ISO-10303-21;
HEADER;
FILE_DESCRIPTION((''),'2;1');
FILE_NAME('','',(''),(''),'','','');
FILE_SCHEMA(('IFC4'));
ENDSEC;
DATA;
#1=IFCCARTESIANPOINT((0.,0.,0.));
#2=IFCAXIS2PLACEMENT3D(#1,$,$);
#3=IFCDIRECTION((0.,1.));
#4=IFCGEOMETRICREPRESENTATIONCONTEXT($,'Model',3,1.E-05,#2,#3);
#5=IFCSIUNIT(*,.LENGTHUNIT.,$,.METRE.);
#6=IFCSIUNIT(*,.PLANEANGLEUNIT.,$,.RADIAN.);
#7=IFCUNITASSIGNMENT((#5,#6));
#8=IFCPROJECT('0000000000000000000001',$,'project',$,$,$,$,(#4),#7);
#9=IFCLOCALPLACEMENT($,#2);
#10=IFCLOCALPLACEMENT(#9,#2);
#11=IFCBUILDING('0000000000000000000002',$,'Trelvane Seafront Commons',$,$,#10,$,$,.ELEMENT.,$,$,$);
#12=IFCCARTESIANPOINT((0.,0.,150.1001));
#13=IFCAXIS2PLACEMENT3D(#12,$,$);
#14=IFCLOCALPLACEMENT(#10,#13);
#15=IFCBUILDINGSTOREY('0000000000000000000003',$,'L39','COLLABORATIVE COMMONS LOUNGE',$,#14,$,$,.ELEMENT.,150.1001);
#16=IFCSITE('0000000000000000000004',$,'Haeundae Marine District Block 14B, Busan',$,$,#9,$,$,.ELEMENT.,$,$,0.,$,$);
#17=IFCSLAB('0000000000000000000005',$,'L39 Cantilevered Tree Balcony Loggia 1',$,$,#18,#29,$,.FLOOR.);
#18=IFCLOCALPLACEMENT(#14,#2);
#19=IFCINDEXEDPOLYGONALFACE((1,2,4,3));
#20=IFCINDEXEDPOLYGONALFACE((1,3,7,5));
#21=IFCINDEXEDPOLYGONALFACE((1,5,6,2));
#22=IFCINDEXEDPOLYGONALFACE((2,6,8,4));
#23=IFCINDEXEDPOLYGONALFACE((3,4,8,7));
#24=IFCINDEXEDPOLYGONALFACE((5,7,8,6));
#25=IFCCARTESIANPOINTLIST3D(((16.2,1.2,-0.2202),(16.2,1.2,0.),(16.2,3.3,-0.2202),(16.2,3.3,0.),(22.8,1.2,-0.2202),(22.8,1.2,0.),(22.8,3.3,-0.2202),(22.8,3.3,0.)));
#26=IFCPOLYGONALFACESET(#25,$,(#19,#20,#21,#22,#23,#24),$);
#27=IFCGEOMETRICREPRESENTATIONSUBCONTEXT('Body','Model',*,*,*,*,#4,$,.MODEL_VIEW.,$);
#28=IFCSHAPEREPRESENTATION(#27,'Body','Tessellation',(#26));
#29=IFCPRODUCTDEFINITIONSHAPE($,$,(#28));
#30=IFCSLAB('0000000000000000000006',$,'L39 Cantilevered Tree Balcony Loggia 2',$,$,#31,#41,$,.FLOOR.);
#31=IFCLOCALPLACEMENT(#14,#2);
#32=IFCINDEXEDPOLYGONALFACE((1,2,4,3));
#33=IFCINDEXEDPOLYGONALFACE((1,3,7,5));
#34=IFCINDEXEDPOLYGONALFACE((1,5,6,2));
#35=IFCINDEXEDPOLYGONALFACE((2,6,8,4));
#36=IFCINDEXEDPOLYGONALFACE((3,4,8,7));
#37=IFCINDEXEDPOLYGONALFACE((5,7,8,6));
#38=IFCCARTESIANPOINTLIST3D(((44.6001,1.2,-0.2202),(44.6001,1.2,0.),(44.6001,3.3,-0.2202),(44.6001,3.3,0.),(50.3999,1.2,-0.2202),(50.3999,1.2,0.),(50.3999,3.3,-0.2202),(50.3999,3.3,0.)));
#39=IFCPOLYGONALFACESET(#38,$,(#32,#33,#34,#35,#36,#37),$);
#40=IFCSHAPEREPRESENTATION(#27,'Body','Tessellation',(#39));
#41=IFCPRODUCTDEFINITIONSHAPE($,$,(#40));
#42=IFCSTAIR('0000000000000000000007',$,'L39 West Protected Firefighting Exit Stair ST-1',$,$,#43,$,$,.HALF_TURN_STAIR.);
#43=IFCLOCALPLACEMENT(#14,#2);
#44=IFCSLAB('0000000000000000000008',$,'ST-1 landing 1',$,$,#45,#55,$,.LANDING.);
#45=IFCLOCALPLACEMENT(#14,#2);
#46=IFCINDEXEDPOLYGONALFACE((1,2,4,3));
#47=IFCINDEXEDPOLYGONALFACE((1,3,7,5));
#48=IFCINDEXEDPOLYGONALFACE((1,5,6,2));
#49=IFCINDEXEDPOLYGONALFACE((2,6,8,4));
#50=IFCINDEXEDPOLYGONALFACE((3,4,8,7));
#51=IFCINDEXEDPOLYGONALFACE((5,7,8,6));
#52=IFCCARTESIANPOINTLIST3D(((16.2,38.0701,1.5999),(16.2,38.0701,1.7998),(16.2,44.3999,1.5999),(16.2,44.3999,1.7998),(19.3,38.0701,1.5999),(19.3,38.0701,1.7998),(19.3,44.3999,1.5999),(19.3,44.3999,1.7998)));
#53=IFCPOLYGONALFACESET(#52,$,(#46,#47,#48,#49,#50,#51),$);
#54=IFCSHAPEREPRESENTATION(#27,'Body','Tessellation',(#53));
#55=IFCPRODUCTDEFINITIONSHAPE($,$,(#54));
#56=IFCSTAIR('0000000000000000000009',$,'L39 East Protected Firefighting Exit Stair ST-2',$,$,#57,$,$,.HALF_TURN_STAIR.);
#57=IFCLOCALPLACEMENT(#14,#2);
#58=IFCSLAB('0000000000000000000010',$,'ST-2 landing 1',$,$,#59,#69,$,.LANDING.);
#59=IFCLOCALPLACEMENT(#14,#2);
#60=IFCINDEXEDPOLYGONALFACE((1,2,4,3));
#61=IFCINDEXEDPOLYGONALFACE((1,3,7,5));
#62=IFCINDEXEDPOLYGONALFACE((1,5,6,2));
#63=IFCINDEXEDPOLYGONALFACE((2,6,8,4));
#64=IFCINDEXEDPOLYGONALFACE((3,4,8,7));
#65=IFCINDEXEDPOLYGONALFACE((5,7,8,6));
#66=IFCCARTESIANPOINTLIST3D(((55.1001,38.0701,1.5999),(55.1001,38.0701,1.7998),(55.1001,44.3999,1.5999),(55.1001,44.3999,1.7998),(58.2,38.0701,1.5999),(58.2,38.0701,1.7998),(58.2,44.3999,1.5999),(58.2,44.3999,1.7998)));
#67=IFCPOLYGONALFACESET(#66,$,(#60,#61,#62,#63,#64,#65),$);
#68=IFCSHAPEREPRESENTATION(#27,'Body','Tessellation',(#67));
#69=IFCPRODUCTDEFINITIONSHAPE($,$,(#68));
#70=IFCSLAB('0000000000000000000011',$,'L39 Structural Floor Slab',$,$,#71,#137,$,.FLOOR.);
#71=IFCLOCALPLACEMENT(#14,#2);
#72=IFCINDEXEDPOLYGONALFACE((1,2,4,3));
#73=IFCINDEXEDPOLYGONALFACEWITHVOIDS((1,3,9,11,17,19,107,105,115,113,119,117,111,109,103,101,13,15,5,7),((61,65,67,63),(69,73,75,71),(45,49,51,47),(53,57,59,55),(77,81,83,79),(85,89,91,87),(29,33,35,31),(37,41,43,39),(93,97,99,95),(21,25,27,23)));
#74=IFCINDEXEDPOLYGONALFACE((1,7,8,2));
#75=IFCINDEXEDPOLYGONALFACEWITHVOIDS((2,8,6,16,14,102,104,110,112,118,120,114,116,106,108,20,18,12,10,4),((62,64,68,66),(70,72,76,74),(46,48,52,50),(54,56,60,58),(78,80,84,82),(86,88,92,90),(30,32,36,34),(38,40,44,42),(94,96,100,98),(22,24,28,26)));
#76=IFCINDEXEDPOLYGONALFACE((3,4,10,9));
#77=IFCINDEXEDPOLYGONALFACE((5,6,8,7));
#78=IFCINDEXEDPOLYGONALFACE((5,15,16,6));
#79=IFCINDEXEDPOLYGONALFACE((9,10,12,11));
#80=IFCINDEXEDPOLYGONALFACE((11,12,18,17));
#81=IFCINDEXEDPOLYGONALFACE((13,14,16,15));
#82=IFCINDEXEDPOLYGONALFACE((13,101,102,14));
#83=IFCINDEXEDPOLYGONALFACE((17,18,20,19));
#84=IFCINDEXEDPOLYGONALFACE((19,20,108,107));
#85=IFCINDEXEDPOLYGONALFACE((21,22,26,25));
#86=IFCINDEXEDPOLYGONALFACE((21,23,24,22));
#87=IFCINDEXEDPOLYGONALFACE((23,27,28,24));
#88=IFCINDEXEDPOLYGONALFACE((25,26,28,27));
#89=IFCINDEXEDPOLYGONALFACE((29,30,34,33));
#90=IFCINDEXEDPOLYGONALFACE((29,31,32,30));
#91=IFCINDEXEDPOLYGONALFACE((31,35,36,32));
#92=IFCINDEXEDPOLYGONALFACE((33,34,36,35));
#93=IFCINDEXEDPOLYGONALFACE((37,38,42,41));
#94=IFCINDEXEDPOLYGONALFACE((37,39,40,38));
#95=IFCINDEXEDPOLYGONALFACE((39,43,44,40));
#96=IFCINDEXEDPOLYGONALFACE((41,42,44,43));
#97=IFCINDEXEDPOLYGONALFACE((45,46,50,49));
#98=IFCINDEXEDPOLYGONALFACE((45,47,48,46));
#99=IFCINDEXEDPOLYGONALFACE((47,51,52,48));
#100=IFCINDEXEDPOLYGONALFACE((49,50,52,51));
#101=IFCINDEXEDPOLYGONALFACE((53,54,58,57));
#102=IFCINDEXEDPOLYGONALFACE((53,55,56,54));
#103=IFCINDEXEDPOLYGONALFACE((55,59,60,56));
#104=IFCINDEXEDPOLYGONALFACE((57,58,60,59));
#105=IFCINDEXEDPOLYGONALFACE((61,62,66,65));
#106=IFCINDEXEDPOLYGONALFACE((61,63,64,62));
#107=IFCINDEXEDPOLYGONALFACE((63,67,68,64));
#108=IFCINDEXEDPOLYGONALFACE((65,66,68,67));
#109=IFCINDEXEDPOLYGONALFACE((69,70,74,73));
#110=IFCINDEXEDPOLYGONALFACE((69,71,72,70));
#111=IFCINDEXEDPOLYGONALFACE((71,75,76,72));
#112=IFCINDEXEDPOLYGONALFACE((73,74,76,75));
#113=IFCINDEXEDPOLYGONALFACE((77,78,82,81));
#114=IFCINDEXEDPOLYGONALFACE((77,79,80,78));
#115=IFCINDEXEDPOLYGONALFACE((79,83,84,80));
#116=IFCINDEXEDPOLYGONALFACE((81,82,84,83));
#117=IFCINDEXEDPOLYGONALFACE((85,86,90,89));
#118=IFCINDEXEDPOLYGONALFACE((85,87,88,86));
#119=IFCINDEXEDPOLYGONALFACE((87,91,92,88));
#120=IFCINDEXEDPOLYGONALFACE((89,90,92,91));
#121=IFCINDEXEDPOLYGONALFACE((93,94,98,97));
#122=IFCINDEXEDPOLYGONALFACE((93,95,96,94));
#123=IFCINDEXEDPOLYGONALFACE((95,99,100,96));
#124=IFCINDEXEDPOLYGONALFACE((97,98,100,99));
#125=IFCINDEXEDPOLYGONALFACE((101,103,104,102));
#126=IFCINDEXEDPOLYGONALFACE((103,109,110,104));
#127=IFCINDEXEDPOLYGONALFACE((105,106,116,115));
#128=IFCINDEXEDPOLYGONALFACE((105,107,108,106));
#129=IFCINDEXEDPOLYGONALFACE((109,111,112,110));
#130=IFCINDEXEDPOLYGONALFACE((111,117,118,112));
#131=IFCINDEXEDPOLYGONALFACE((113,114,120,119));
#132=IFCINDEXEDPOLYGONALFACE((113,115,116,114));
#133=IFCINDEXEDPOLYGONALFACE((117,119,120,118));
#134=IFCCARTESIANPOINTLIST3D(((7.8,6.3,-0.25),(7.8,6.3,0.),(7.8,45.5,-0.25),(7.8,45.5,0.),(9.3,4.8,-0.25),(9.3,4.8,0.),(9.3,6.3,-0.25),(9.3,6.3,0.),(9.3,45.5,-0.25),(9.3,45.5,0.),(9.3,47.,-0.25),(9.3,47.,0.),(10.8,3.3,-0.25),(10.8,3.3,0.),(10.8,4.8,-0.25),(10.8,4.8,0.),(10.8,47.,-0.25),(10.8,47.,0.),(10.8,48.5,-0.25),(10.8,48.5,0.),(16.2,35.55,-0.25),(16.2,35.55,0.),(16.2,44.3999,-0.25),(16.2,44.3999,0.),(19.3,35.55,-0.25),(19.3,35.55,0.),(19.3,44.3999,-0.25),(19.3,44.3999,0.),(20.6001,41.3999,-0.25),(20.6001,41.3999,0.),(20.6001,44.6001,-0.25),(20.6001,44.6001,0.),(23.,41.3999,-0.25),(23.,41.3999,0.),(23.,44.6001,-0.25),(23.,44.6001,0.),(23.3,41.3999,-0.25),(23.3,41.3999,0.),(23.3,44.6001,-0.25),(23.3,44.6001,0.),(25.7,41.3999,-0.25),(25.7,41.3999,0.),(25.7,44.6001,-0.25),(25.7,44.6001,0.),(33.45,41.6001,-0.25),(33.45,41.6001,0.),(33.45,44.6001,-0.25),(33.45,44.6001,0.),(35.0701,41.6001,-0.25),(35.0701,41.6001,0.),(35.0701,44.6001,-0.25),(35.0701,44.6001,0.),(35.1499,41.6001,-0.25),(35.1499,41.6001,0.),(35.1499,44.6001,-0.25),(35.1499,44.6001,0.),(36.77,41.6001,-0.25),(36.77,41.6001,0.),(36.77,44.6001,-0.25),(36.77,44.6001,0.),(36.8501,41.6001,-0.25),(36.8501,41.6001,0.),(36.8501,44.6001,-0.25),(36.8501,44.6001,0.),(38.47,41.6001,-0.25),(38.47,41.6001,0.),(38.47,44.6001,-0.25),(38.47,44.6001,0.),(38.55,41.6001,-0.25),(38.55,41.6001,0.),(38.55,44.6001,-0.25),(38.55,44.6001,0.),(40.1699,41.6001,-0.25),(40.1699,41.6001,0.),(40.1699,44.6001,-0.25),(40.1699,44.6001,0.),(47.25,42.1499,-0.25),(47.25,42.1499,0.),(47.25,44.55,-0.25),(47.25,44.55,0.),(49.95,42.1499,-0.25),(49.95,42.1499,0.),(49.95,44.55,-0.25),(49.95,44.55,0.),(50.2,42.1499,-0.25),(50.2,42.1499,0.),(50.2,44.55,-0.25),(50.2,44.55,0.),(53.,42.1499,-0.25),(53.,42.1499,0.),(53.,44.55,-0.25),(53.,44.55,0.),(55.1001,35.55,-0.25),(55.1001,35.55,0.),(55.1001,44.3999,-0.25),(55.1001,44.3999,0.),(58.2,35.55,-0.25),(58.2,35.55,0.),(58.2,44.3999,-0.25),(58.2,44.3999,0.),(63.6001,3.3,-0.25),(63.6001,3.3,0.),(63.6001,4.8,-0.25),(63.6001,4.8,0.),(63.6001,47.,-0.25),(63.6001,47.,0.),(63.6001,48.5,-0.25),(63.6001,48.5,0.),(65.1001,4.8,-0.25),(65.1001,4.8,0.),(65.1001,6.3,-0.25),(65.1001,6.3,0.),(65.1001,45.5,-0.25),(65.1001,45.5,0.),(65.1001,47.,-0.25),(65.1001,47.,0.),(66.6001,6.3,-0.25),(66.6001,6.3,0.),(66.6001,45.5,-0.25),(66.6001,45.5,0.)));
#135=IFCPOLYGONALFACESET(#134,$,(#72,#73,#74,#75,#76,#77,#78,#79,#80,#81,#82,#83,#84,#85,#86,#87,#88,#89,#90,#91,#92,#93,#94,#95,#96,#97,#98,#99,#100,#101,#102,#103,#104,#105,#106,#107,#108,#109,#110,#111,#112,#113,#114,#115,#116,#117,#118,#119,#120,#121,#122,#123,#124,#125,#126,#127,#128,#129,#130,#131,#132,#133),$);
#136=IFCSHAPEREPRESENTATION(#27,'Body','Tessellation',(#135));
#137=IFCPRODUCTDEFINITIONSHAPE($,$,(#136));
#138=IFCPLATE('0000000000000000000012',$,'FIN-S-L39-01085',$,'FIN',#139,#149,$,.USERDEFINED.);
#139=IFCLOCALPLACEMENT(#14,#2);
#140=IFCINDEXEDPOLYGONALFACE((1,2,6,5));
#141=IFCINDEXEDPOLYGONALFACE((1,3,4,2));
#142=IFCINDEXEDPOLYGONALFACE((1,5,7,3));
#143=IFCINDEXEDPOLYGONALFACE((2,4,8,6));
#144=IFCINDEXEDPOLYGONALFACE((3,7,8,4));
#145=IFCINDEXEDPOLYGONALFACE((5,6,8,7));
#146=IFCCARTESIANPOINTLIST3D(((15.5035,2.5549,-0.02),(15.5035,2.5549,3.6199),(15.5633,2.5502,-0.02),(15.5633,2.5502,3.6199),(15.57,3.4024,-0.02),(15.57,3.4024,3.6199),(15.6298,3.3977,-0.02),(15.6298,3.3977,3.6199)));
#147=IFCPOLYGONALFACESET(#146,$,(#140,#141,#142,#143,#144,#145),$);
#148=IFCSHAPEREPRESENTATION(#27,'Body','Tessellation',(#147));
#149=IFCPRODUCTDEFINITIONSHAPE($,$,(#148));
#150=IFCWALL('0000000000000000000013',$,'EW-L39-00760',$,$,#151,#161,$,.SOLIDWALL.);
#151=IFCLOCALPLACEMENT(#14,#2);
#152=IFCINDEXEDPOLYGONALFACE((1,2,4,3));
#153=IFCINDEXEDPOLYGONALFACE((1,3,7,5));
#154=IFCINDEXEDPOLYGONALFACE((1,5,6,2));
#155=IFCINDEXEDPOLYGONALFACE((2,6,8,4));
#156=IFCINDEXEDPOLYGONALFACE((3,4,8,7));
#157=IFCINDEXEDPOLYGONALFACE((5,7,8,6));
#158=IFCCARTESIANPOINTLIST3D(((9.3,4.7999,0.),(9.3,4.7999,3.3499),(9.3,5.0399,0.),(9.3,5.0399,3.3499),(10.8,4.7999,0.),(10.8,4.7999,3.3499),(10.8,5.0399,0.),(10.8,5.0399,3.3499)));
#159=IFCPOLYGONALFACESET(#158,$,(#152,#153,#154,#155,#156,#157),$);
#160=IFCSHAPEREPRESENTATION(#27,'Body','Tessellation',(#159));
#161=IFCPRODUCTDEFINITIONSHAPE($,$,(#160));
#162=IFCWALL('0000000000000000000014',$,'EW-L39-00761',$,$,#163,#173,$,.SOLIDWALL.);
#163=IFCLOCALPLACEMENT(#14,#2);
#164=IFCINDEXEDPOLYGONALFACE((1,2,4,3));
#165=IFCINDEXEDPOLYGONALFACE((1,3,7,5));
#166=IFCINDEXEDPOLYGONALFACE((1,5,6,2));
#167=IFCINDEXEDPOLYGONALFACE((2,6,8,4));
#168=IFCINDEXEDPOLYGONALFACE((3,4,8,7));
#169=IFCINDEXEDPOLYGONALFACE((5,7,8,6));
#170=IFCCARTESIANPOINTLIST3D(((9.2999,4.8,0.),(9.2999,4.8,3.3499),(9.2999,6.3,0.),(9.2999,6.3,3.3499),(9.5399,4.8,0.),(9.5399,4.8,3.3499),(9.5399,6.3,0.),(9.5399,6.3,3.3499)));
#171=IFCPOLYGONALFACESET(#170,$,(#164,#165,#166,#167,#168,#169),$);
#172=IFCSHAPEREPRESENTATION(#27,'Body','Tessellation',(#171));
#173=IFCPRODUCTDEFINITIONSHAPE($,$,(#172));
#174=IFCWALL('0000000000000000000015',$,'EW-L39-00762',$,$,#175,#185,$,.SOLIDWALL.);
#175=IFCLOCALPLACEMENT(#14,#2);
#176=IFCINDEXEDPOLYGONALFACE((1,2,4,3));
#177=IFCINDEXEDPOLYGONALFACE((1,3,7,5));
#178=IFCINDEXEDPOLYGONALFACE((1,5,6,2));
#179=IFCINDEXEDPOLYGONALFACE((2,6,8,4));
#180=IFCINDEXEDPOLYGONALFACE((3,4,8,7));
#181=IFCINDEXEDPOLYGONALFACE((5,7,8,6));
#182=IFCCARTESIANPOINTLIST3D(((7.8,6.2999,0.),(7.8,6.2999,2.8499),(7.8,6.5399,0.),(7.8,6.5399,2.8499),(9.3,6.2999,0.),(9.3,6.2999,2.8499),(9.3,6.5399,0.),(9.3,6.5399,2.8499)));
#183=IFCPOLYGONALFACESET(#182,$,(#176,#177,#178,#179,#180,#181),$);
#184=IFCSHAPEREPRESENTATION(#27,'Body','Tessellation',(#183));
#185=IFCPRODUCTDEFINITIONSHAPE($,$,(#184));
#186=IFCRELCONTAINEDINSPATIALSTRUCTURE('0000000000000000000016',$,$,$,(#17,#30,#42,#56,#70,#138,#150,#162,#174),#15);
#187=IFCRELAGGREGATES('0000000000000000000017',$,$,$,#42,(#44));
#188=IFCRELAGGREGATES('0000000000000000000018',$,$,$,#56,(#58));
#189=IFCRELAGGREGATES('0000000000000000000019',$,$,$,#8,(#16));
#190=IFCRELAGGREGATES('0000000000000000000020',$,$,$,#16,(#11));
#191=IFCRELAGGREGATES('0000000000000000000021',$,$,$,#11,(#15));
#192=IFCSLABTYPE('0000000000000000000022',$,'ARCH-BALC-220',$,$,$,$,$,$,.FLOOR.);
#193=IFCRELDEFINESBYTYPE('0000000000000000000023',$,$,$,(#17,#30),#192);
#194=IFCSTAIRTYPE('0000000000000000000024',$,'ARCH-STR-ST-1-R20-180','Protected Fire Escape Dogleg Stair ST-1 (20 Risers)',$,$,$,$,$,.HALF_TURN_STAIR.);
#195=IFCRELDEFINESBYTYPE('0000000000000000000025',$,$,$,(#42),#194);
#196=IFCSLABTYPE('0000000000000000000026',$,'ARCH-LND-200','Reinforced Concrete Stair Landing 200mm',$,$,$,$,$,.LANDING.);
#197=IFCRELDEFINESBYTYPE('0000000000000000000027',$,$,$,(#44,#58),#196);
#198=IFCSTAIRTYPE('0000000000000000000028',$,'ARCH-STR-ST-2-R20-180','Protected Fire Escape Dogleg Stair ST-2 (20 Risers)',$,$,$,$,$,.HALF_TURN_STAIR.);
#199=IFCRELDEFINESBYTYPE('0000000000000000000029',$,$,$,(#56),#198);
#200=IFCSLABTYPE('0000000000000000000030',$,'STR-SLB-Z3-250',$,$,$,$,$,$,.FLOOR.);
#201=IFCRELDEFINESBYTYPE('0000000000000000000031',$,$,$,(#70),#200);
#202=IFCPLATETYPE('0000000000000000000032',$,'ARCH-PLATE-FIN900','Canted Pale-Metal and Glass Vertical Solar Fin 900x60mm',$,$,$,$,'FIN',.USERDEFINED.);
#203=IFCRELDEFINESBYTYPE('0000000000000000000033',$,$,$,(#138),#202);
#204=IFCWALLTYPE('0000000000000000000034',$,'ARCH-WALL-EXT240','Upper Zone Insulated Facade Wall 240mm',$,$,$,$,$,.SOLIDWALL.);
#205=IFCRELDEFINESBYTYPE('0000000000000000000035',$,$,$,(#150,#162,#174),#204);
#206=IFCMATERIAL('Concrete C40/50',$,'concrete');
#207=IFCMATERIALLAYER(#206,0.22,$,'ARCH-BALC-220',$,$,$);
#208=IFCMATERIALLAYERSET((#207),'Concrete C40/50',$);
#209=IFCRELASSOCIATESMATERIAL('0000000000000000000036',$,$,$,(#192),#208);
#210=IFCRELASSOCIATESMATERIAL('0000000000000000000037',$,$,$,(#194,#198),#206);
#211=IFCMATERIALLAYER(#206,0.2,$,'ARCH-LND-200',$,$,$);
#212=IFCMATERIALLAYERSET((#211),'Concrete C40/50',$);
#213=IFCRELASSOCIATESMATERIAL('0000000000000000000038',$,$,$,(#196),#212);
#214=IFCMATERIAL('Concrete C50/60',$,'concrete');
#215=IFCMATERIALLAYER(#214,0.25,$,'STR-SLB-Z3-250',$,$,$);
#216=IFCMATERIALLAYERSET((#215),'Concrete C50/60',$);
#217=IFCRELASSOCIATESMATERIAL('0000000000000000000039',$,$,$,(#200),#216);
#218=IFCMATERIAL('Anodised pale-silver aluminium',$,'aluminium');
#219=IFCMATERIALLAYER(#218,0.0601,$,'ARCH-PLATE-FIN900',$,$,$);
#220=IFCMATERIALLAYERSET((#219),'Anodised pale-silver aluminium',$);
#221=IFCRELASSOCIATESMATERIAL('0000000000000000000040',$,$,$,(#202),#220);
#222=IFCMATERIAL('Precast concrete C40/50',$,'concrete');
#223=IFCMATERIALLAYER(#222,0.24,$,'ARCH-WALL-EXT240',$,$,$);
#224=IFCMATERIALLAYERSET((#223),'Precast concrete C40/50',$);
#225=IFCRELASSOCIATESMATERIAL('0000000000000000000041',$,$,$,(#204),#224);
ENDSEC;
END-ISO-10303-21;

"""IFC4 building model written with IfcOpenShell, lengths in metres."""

from ifc_helpers import new_model, si_unit, direction, frame, frame_2d, origin, origin_2d, place, context, subcontext, project, spatial, polyline, rectangle, outline, extrude, source, transform, mapped, material, layer, layer_set, type_object, element, aggregate, save


model = new_model("IFC4")

# Units and contexts
model_context = context("Model", 3, precision=1e-05, world=origin(), true_north=direction((0.0, 1.0)))
body_context = subcontext(model_context, "Body", "Model", "MODEL_VIEW")
ifc_project = project(units=[si_unit("LENGTHUNIT", "METRE"), si_unit("PLANEANGLEUNIT", "RADIAN")], contexts=[model_context])

# Site, building, storey
site_placement = place(None, origin())
site = spatial("IfcSite", under=ifc_project, at=site_placement, Name="Haeundae Marine District Block 14B, Busan", CompositionType="ELEMENT", RefElevation=0.0)
building_placement = place(site_placement, origin())
building = spatial("IfcBuilding", under=site, at=building_placement, Name="Trelvane Seafront Commons", CompositionType="ELEMENT")
storey_placement = place(building_placement, frame((0.0, 0.0, 150.1001)))
storey = spatial("IfcBuildingStorey", under=building, at=storey_placement, Name="L39", Description="COLLABORATIVE COMMONS LOUNGE", CompositionType="ELEMENT", Elevation=150.1001)

# Slabs
ifc_material_1 = material(Name="Concrete C40/50", Category="concrete")
ifc_layer_1 = layer(ifc_material_1, 0.22, Name="ARCH-BALC-220")
ifc_layer_set_1 = layer_set([ifc_layer_1], Name="Concrete C40/50")
slab_type_1 = type_object("IfcSlabType", Name="ARCH-BALC-220", PredefinedType="FLOOR", material=ifc_layer_set_1)
slab_1_placement = place(storey_placement, frame((0.0, 0.0, -0.2202)))
element("IfcSlab", 1, at=slab_1_placement, inside=storey, type_object=slab_type_1, Name="L39 Cantilevered Tree Balcony Loggia 1", PredefinedType="FLOOR", context=body_context, shape_type="SweptSolid", body=[
    extrude(outline(polyline([(16.2, 1.2), (22.8, 1.2), (22.8, 3.3), (16.2, 3.3), (16.2, 1.2)])), origin(), (0.0, 0.0, 1.0), 0.2202),
])
slab_2_placement = place(storey_placement, frame((0.0, 0.0, -0.2202)))
element("IfcSlab", 2, at=slab_2_placement, inside=storey, type_object=slab_type_1, Name="L39 Cantilevered Tree Balcony Loggia 2", PredefinedType="FLOOR", context=body_context, shape_type="SweptSolid", body=[
    extrude(outline(polyline([(44.6001, 1.2), (50.3999, 1.2), (50.3999, 3.3), (44.6001, 3.3), (44.6001, 1.2)])), origin(), (0.0, 0.0, 1.0), 0.2202),
])

# Stairs, slabs
stair_type_1 = type_object("IfcStairType", Name="ARCH-STR-ST-1-R20-180", Description="Protected Fire Escape Dogleg Stair ST-1 (20 Risers)", PredefinedType="HALF_TURN_STAIR", material=ifc_material_1)
stair_1_placement = place(storey_placement, origin())
stair_1 = element("IfcStair", 3, at=stair_1_placement, inside=storey, type_object=stair_type_1, Name="L39 West Protected Firefighting Exit Stair ST-1", PredefinedType="HALF_TURN_STAIR")
ifc_layer_2 = layer(ifc_material_1, 0.2, Name="ARCH-LND-200")
ifc_layer_set_2 = layer_set([ifc_layer_2], Name="Concrete C40/50")
slab_type_2 = type_object("IfcSlabType", Name="ARCH-LND-200", Description="Reinforced Concrete Stair Landing 200mm", PredefinedType="LANDING", material=ifc_layer_set_2)
slab_3_placement = place(storey_placement, frame((0.0, 0.0, 1.5999)))
slab_3 = element("IfcSlab", 4, at=slab_3_placement, type_object=slab_type_2, Name="ST-1 landing 1", PredefinedType="LANDING", context=body_context, shape_type="SweptSolid", body=[
    extrude(outline(polyline([(19.3, 38.0701), (19.3, 44.3999), (16.2, 44.3999), (16.2, 38.0701), (19.3, 38.0701)])), origin(), (0.0, 0.0, 1.0), 0.2),
])
aggregate(stair_1, [slab_3])
stair_type_2 = type_object("IfcStairType", Name="ARCH-STR-ST-2-R20-180", Description="Protected Fire Escape Dogleg Stair ST-2 (20 Risers)", PredefinedType="HALF_TURN_STAIR", material=ifc_material_1)
stair_2_placement = place(storey_placement, origin())
stair_2 = element("IfcStair", 5, at=stair_2_placement, inside=storey, type_object=stair_type_2, Name="L39 East Protected Firefighting Exit Stair ST-2", PredefinedType="HALF_TURN_STAIR")
slab_4_placement = place(storey_placement, frame((0.0, 0.0, 1.5999)))
slab_4 = element("IfcSlab", 6, at=slab_4_placement, type_object=slab_type_2, Name="ST-2 landing 1", PredefinedType="LANDING", context=body_context, shape_type="SweptSolid", body=[
    extrude(outline(polyline([(58.2, 38.0701), (58.2, 44.3999), (55.1001, 44.3999), (55.1001, 38.0701), (58.2, 38.0701)])), origin(), (0.0, 0.0, 1.0), 0.2),
])
aggregate(stair_2, [slab_4])

# Slab
ifc_material_2 = material(Name="Concrete C50/60", Category="concrete")
ifc_layer_3 = layer(ifc_material_2, 0.25, Name="STR-SLB-Z3-250")
ifc_layer_set_3 = layer_set([ifc_layer_3], Name="Concrete C50/60")
slab_type_3 = type_object("IfcSlabType", Name="STR-SLB-Z3-250", PredefinedType="FLOOR", material=ifc_layer_set_3)
slab_5_placement = place(storey_placement, frame((0.0, 0.0, -0.25)))
element("IfcSlab", 7, at=slab_5_placement, inside=storey, type_object=slab_type_3, Name="L39 Structural Floor Slab", PredefinedType="FLOOR", context=body_context, shape_type="SweptSolid", body=[
    extrude(outline(polyline([(10.8, 3.3), (63.6001, 3.3), (63.6001, 4.8), (65.1001, 4.8), (65.1001, 6.3), (66.6001, 6.3), (66.6001, 45.5), (65.1001, 45.5), (65.1001, 47.0), (63.6001, 47.0), (63.6001, 48.5), (10.8, 48.5), (10.8, 47.0), (9.3, 47.0), (9.3, 45.5), (7.8, 45.5), (7.8, 6.3), (9.3, 6.3), (9.3, 4.8), (10.8, 4.8), (10.8, 3.3)]), holes=[polyline([(19.3, 35.55), (16.2, 35.55), (16.2, 44.3999), (19.3, 44.3999), (19.3, 35.55)]), polyline([(58.2, 35.55), (55.1001, 35.55), (55.1001, 44.3999), (58.2, 44.3999), (58.2, 35.55)]), polyline([(23.0, 41.3999), (20.6001, 41.3999), (20.6001, 44.6001), (23.0, 44.6001), (23.0, 41.3999)]), polyline([(23.3, 41.3999), (23.3, 44.6001), (25.7, 44.6001), (25.7, 41.3999), (23.3, 41.3999)]), polyline([(33.45, 41.6001), (33.45, 44.6001), (35.0701, 44.6001), (35.0701, 41.6001), (33.45, 41.6001)]), polyline([(36.77, 41.6001), (35.1499, 41.6001), (35.1499, 44.6001), (36.77, 44.6001), (36.77, 41.6001)]), polyline([(38.47, 41.6001), (36.8501, 41.6001), (36.8501, 44.6001), (38.47, 44.6001), (38.47, 41.6001)]), polyline([(40.1699, 41.6001), (38.55, 41.6001), (38.55, 44.6001), (40.1699, 44.6001), (40.1699, 41.6001)]), polyline([(47.25, 42.1499), (47.25, 44.55), (49.95, 44.55), (49.95, 42.1499), (47.25, 42.1499)]), polyline([(50.2, 42.1499), (50.2, 44.55), (53.0, 44.55), (53.0, 42.1499), (50.2, 42.1499)])]), origin(), (0.0, 0.0, 1.0), 0.25),
])

# Plate
ifc_material_3 = material(Name="Anodised pale-silver aluminium", Category="aluminium")
ifc_layer_4 = layer(ifc_material_3, 0.0601, Name="ARCH-PLATE-FIN900")
ifc_layer_set_4 = layer_set([ifc_layer_4], Name="Anodised pale-silver aluminium")
plate_type = type_object("IfcPlateType", Name="ARCH-PLATE-FIN900", Description="Canted Pale-Metal and Glass Vertical Solar Fin 900x60mm", ElementType="FIN", PredefinedType="USERDEFINED", material=ifc_layer_set_4)
shared_shape_1 = source(origin(), body_context, "Body", "SweptSolid", [
    extrude(rectangle(XDim=0.8501, YDim=0.0601, at=origin_2d()), origin(), (0.0, 0.0, 1.0), 3.6399),
])
plate_placement = place(storey_placement, frame((15.5667, 2.9763, -0.02), z_axis=(0.0, 0.0, 1.0), x_axis=(-0.078235, -0.996935, 0.0)))
element("IfcPlate", 8, at=plate_placement, inside=storey, type_object=plate_type, Name="FIN-S-L39-01085", ObjectType="FIN", PredefinedType="USERDEFINED", context=body_context, shape_type="MappedRepresentation", body=[
    mapped(shared_shape_1, transform((0.0, 0.0, 0.0), x_axis=(1.0, 0.0, 0.0), y_axis=(0.0, 1.0, 0.0), z_axis=(0.0, 0.0, 1.0), scale=1.0)),
])

# Walls
ifc_material_4 = material(Name="Precast concrete C40/50", Category="concrete")
ifc_layer_5 = layer(ifc_material_4, 0.24, Name="ARCH-WALL-EXT240")
ifc_layer_set_5 = layer_set([ifc_layer_5], Name="Precast concrete C40/50")
wall_type_1 = type_object("IfcWallType", Name="ARCH-WALL-EXT240", Description="Upper Zone Insulated Facade Wall 240mm", PredefinedType="SOLIDWALL", material=ifc_layer_set_5)
for number, where, z_axis, x_axis, name in (
    (9, (10.8, 4.9199, 0.0), (0.0, 0.0, 1.0), (-1.0, 0.0, 0.0), "EW-L39-00760"),
    (10, (9.4199, 4.8, 0.0), (0.0, 0.0, 1.0), (0.0, 1.0, 0.0), "EW-L39-00761"),
):
    element("IfcWall", number, at=place(storey_placement, frame(where, z_axis=z_axis, x_axis=x_axis)), inside=storey, type_object=wall_type_1, Name=name, PredefinedType="SOLIDWALL", context=body_context, shape_type="SweptSolid", body=[
        extrude(rectangle(XDim=1.5, YDim=0.24, at=frame_2d((0.75, 0.0))), origin(), (0.0, 0.0, 1.0), 3.3499),
    ])
wall_1_placement = place(storey_placement, frame((9.3, 6.4199, 0.0), z_axis=(0.0, 0.0, 1.0), x_axis=(-1.0, 0.0, 0.0)))
element("IfcWall", 11, at=wall_1_placement, inside=storey, type_object=wall_type_1, Name="EW-L39-00762", PredefinedType="SOLIDWALL", context=body_context, shape_type="SweptSolid", body=[
    extrude(rectangle(XDim=1.5, YDim=0.24, at=frame_2d((0.75, 0.0))), origin(), (0.0, 0.0, 1.0), 2.8499),
])

save(model, "model.ifc")
